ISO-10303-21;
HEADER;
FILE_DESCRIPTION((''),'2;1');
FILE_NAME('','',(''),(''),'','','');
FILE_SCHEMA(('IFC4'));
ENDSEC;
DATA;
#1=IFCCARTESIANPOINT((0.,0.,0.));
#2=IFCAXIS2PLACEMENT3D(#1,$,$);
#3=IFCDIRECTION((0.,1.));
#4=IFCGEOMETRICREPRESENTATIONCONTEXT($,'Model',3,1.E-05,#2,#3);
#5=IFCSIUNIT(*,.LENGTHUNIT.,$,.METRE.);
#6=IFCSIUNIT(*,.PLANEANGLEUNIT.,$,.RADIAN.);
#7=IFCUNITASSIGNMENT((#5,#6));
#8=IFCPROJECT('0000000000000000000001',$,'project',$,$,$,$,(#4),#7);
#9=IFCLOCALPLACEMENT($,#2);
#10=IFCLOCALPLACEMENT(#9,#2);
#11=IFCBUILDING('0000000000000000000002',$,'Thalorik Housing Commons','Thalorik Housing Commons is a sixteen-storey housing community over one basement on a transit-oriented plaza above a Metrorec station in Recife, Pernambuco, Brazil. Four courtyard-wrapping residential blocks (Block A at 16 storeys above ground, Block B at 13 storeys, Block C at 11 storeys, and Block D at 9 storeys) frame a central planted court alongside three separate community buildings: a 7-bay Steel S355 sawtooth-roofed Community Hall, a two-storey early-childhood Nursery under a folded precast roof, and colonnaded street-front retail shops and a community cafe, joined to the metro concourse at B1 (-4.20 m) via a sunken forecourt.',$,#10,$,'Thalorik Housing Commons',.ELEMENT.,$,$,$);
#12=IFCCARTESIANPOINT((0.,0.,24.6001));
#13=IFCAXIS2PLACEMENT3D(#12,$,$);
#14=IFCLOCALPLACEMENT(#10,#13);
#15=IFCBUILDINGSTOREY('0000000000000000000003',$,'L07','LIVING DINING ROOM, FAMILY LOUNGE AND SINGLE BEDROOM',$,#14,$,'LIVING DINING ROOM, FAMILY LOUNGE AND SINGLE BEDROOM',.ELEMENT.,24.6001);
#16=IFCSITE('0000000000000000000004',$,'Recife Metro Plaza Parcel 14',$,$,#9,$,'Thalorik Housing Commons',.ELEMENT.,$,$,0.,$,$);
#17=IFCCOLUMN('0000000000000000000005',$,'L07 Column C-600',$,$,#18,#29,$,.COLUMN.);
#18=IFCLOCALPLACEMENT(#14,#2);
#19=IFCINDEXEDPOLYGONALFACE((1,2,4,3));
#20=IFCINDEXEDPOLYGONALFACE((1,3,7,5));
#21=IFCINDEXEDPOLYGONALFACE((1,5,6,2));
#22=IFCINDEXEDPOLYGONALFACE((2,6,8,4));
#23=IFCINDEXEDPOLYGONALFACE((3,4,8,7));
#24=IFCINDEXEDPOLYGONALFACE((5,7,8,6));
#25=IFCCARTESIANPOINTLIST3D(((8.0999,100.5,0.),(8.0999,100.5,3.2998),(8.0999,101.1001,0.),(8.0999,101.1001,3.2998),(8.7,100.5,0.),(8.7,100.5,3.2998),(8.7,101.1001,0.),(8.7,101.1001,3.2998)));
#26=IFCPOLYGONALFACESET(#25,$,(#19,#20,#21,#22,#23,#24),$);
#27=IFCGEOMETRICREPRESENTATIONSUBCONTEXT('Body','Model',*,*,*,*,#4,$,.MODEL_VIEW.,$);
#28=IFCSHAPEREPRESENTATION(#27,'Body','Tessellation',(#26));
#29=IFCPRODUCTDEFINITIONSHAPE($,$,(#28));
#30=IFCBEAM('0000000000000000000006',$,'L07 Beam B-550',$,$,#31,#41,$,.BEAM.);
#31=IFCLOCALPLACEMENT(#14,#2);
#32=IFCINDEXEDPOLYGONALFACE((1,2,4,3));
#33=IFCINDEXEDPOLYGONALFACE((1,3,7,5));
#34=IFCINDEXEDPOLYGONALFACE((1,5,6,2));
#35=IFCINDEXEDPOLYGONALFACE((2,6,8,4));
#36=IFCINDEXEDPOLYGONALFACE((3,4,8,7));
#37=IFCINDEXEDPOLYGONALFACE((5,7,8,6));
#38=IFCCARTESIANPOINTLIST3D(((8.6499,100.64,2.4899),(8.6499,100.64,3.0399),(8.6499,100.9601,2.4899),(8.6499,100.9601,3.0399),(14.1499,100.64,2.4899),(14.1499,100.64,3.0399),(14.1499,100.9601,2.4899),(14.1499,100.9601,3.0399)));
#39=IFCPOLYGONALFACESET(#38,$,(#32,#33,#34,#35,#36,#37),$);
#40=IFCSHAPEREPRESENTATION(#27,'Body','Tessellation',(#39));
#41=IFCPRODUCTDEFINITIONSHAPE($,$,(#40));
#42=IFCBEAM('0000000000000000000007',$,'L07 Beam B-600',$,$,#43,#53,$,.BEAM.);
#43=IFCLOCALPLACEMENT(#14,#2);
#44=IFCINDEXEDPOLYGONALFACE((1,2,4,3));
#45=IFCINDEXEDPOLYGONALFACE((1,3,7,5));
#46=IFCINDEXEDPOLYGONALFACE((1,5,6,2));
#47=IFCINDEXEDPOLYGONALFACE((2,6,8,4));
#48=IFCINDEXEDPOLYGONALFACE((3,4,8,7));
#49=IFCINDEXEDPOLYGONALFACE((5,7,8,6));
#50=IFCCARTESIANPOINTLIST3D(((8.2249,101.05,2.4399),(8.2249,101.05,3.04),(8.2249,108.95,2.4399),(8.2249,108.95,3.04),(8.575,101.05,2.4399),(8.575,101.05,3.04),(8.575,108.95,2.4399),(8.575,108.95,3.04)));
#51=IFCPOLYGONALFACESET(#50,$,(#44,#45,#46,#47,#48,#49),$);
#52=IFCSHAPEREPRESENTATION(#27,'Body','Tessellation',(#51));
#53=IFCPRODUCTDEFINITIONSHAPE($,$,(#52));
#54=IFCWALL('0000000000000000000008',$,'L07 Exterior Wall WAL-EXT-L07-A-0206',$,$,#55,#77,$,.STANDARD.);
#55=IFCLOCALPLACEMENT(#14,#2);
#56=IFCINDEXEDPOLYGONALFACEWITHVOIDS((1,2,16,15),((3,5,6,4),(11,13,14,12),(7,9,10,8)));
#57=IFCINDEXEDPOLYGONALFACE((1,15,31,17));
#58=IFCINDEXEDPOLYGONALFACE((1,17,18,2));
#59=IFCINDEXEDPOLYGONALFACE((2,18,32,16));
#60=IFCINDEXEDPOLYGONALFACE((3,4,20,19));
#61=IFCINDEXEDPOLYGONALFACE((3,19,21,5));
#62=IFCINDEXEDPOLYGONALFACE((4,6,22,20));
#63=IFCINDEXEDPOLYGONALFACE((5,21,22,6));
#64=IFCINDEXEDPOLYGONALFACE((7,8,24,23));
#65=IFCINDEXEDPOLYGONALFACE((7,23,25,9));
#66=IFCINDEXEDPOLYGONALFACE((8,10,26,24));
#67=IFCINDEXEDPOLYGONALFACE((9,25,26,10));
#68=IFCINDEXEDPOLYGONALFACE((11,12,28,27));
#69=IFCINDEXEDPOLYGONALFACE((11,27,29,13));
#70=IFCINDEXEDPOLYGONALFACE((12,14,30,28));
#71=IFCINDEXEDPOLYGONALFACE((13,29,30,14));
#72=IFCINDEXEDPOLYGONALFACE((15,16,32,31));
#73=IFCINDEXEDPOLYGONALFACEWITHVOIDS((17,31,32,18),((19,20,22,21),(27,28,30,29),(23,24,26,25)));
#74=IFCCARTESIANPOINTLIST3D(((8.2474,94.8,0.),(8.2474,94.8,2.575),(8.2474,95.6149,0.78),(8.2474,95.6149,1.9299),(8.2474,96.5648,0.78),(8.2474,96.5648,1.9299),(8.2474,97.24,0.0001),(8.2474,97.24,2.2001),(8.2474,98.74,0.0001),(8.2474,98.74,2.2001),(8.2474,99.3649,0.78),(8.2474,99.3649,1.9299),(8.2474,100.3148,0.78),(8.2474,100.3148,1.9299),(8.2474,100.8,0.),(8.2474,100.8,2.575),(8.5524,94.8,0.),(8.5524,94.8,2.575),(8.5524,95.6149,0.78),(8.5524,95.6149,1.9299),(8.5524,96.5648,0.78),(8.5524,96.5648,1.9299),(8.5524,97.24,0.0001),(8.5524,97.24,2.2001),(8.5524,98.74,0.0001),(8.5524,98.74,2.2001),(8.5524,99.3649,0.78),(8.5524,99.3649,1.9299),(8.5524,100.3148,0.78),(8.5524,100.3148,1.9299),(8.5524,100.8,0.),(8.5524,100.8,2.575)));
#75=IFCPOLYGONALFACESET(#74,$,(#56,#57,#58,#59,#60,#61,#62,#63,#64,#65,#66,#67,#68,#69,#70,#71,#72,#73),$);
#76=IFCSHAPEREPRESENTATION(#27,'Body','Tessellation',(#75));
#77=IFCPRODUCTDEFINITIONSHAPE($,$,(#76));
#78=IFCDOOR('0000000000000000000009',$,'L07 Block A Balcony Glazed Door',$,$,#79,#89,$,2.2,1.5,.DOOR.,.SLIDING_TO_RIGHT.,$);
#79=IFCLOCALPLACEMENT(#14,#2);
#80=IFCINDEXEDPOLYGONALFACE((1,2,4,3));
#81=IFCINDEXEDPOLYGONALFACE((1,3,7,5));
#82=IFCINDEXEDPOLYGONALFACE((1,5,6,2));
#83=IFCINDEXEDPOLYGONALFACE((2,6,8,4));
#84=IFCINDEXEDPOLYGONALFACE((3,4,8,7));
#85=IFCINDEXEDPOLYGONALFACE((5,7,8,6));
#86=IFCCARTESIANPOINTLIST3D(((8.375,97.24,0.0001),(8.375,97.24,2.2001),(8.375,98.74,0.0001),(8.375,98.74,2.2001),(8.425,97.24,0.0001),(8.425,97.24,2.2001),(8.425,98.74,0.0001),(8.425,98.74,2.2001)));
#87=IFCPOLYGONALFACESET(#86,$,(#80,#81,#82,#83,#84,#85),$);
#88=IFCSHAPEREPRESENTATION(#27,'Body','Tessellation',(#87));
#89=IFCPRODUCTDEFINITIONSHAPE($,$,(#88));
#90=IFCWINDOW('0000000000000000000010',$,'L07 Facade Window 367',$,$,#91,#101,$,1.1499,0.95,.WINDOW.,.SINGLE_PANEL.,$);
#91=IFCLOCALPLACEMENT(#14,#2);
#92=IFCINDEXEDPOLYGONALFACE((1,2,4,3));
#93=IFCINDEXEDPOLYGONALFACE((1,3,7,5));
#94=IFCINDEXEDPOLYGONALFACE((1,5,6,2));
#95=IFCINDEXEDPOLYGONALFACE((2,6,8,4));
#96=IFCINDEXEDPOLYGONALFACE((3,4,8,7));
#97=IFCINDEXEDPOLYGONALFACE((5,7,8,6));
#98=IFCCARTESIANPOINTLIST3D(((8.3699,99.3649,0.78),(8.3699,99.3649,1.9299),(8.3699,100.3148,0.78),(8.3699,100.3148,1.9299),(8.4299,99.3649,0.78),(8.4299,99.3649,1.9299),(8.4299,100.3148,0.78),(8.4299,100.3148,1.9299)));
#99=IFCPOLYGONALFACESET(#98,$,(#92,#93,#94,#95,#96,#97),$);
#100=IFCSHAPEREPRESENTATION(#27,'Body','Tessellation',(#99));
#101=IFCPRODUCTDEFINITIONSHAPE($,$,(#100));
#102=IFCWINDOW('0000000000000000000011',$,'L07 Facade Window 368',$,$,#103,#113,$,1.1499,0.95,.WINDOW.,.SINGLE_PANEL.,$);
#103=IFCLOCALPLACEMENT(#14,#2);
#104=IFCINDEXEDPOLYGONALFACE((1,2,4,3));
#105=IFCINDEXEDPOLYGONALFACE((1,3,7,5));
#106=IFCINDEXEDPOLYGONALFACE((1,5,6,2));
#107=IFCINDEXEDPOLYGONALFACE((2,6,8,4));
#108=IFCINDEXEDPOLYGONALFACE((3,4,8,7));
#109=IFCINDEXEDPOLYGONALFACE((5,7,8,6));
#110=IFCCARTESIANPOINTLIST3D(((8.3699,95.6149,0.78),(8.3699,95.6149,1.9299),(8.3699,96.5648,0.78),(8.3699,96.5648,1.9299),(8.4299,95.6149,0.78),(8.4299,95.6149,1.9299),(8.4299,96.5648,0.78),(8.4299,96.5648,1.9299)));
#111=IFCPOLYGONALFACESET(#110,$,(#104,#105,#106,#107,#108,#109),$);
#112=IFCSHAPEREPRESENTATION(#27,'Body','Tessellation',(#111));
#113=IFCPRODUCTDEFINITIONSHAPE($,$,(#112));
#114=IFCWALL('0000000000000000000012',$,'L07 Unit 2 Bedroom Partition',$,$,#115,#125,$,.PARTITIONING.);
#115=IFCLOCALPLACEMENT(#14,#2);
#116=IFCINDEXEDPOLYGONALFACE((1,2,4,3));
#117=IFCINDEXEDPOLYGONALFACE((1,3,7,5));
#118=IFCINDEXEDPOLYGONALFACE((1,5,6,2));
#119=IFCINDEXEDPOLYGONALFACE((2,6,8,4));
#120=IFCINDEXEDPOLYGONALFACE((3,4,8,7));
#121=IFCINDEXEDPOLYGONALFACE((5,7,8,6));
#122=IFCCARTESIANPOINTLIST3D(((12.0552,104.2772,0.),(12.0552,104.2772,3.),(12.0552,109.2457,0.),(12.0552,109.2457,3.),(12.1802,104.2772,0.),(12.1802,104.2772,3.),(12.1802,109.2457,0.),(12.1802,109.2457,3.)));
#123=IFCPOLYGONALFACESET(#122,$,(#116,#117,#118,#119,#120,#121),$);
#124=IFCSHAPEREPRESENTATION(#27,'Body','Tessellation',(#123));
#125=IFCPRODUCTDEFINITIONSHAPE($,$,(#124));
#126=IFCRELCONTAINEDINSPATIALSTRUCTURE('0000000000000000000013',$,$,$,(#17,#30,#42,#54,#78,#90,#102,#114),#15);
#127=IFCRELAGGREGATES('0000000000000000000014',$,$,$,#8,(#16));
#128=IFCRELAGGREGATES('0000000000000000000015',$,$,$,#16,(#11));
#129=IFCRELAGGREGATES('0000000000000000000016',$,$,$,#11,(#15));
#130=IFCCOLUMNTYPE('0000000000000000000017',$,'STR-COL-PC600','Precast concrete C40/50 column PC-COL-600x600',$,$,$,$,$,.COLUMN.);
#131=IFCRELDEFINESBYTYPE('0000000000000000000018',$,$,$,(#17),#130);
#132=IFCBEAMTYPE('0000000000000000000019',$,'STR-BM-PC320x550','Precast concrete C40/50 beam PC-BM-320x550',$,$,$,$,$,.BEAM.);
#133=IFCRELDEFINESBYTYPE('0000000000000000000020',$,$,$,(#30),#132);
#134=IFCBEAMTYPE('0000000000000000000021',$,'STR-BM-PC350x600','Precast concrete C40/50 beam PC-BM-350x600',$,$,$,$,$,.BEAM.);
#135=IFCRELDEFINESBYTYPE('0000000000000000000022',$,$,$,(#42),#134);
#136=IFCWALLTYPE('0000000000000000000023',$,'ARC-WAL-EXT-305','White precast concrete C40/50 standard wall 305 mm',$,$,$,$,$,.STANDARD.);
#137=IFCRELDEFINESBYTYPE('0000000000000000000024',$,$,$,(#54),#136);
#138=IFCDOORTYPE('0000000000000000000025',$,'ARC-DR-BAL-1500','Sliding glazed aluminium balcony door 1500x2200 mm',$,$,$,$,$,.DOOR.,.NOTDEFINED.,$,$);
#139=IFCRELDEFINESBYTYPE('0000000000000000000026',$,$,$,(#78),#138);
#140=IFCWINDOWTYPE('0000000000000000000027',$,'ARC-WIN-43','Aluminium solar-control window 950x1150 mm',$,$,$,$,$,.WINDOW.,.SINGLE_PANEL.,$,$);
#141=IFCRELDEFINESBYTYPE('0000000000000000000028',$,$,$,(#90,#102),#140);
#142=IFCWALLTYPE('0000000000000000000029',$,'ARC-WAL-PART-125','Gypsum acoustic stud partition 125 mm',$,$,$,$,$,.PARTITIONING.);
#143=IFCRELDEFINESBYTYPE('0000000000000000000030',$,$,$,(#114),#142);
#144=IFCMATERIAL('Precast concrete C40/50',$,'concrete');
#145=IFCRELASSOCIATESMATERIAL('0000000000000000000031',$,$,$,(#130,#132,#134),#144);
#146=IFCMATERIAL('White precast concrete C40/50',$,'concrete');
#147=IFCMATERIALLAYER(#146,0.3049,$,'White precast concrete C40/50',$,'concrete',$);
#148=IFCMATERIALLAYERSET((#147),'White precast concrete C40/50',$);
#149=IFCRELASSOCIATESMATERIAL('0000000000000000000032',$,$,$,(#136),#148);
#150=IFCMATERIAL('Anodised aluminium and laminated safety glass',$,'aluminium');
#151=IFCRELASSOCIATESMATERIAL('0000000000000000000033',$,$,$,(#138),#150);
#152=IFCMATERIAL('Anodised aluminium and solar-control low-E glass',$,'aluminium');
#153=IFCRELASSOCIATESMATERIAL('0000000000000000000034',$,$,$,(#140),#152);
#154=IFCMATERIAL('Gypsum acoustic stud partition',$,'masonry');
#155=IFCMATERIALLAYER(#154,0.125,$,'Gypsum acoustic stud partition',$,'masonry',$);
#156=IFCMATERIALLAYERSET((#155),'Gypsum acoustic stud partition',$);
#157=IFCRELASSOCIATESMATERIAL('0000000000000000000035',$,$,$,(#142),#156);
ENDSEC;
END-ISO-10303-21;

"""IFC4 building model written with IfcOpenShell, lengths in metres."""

from ifc_helpers import new_model, si_unit, direction, frame, frame_2d, origin, origin_2d, place, context, subcontext, project, spatial, rectangle, extrude, material, layer, layer_set, material_profile, profile_set, type_object, element, fill, save


model = new_model("IFC4")

# Units and contexts
model_context = context("Model", 3, precision=1e-05, world=origin(), true_north=direction((0.0, 1.0)))
body_context = subcontext(model_context, "Body", "Model", "MODEL_VIEW")
ifc_project = project(units=[si_unit("LENGTHUNIT", "METRE"), si_unit("PLANEANGLEUNIT", "RADIAN")], contexts=[model_context])

# Site, building, storey
site_placement = place(None, origin())
site = spatial("IfcSite", under=ifc_project, at=site_placement, Name="Recife Metro Plaza Parcel 14", LongName="Thalorik Housing Commons", CompositionType="ELEMENT", RefElevation=0.0)
building_placement = place(site_placement, origin())
building = spatial("IfcBuilding", under=site, at=building_placement, Name="Thalorik Housing Commons", Description="Thalorik Housing Commons is a sixteen-storey housing community over one basement on a transit-oriented plaza above a Metrorec station in Recife, Pernambuco, Brazil. Four courtyard-wrapping residential blocks (Block A at 16 storeys above ground, Block B at 13 storeys, Block C at 11 storeys, and Block D at 9 storeys) frame a central planted court alongside three separate community buildings: a 7-bay Steel S355 sawtooth-roofed Community Hall, a two-storey early-childhood Nursery under a folded precast roof, and colonnaded street-front retail shops and a community cafe, joined to the metro concourse at B1 (-4.20 m) via a sunken forecourt.", LongName="Thalorik Housing Commons", CompositionType="ELEMENT")
storey_placement = place(building_placement, frame((0.0, 0.0, 24.6001)))
storey = spatial("IfcBuildingStorey", under=building, at=storey_placement, Name="L07", Description="LIVING DINING ROOM, FAMILY LOUNGE AND SINGLE BEDROOM", LongName="LIVING DINING ROOM, FAMILY LOUNGE AND SINGLE BEDROOM", CompositionType="ELEMENT", Elevation=24.6001)

# Column
ifc_material_1 = material(Name="Precast concrete C40/50", Category="concrete")
ifc_material_profile_1 = material_profile(ifc_material_1, rectangle(XDim=0.6001, YDim=0.6001, at=origin_2d()), Name="PC 600x600", Category="concrete")
ifc_profile_set_1 = profile_set([ifc_material_profile_1], Name="Precast concrete C40/50")
column_type = type_object("IfcColumnType", Name="STR-COL-PC600", Description="Precast concrete C40/50 column PC-COL-600x600", PredefinedType="COLUMN", material=ifc_profile_set_1)
column_placement = place(storey_placement, frame((8.3999, 100.8, 0.0), z_axis=(0.0, 0.0, 1.0), x_axis=(1.0, 0.0, 0.0)))
element("IfcColumn", 1, at=column_placement, inside=storey, type_object=column_type, Name="L07 Column C-600", PredefinedType="COLUMN", context=body_context, shape_type="SweptSolid", body=[
    extrude(rectangle(XDim=0.6001, YDim=0.6001, at=origin_2d()), origin(), (0.0, 0.0, 1.0), 3.2998),
])

# Beams
ifc_material_profile_2 = material_profile(ifc_material_1, rectangle(XDim=0.3201, YDim=0.55, at=origin_2d()), Name="PC 320x550", Category="concrete")
ifc_profile_set_2 = profile_set([ifc_material_profile_2], Name="Precast concrete C40/50")
beam_type_1 = type_object("IfcBeamType", Name="STR-BM-PC320x550", Description="Precast concrete C40/50 beam PC-BM-320x550", PredefinedType="BEAM", material=ifc_profile_set_2)
beam_1_placement = place(storey_placement, frame((8.6499, 100.8, 2.7649), z_axis=(1.0, 0.0, 0.0), x_axis=(0.0, 1.0, 0.0)))
element("IfcBeam", 2, at=beam_1_placement, inside=storey, type_object=beam_type_1, Name="L07 Beam B-550", PredefinedType="BEAM", context=body_context, shape_type="SweptSolid", body=[
    extrude(rectangle(XDim=0.3201, YDim=0.55, at=origin_2d()), origin(), (0.0, 0.0, 1.0), 5.5),
])
ifc_material_profile_3 = material_profile(ifc_material_1, rectangle(XDim=0.3501, YDim=0.6001, at=origin_2d()), Name="PC 350x600", Category="concrete")
ifc_profile_set_3 = profile_set([ifc_material_profile_3], Name="Precast concrete C40/50")
beam_type_2 = type_object("IfcBeamType", Name="STR-BM-PC350x600", Description="Precast concrete C40/50 beam PC-BM-350x600", PredefinedType="BEAM", material=ifc_profile_set_3)
beam_2_placement = place(storey_placement, frame((8.3999, 101.05, 2.74), z_axis=(0.0, 1.0, 0.0), x_axis=(-1.0, 0.0, 0.0)))
element("IfcBeam", 3, at=beam_2_placement, inside=storey, type_object=beam_type_2, Name="L07 Beam B-600", PredefinedType="BEAM", context=body_context, shape_type="SweptSolid", body=[
    extrude(rectangle(XDim=0.3501, YDim=0.6001, at=origin_2d()), origin(), (0.0, 0.0, 1.0), 7.8999),
])

# Wall, openings, door, windows
ifc_material_2 = material(Name="White precast concrete C40/50", Category="concrete")
ifc_layer_1 = layer(ifc_material_2, 0.3049, Name="White precast concrete C40/50", Category="concrete")
ifc_layer_set_1 = layer_set([ifc_layer_1], Name="White precast concrete C40/50")
wall_type_1 = type_object("IfcWallType", Name="ARC-WAL-EXT-305", Description="White precast concrete C40/50 standard wall 305 mm", PredefinedType="STANDARD", material=ifc_layer_set_1)
wall_1_placement = place(storey_placement, frame((8.3999, 100.8, 0.0), z_axis=(0.0, 0.0, 1.0), x_axis=(0.0, -1.0, 0.0)))
wall_1 = element("IfcWall", 4, at=wall_1_placement, inside=storey, type_object=wall_type_1, Name="L07 Exterior Wall WAL-EXT-L07-A-0206", PredefinedType="STANDARD", context=body_context, shape_type="SweptSolid", body=[
    extrude(rectangle(XDim=6.0, YDim=0.3049, at=frame_2d((3.0, 0.0))), origin(), (0.0, 0.0, 1.0), 2.575),
])
opening_1_placement = place(wall_1_placement, frame((2.0601, 0.0, 0.0)))
opening_1 = element("IfcOpeningElement", 5, at=opening_1_placement, cuts=wall_1, PredefinedType="OPENING", context=body_context, shape_type="SweptSolid", body=[
    extrude(rectangle(XDim=1.5, YDim=2.2, at=frame_2d((0.75, 1.1001))), frame((0.0, 0.1626, 0.0), z_axis=(0.0, -1.0, 0.0), x_axis=(1.0, 0.0, 0.0)), (0.0, 0.0, 1.0), 0.325),
])
opening_2_placement = place(wall_1_placement, frame((0.4851, 0.0, 0.78)))
opening_2 = element("IfcOpeningElement", 6, at=opening_2_placement, cuts=wall_1, PredefinedType="OPENING", context=body_context, shape_type="SweptSolid", body=[
    extrude(rectangle(XDim=0.95, YDim=1.1499, at=frame_2d((0.4751, 0.575))), frame((0.0, 0.1626, 0.0), z_axis=(0.0, -1.0, 0.0), x_axis=(1.0, 0.0, 0.0)), (0.0, 0.0, 1.0), 0.325),
])
opening_3_placement = place(wall_1_placement, frame((4.2351, 0.0, 0.78)))
opening_3 = element("IfcOpeningElement", 7, at=opening_3_placement, cuts=wall_1, PredefinedType="OPENING", context=body_context, shape_type="SweptSolid", body=[
    extrude(rectangle(XDim=0.95, YDim=1.1499, at=frame_2d((0.4751, 0.575))), frame((0.0, 0.1626, 0.0), z_axis=(0.0, -1.0, 0.0), x_axis=(1.0, 0.0, 0.0)), (0.0, 0.0, 1.0), 0.325),
])
ifc_material_3 = material(Name="Anodised aluminium and laminated safety glass", Category="aluminium")
door_type_1 = type_object("IfcDoorType", Name="ARC-DR-BAL-1500", Description="Sliding glazed aluminium balcony door 1500x2200 mm", OperationType="NOTDEFINED", PredefinedType="DOOR", material=ifc_material_3)
door_1_placement = place(opening_1_placement, frame((1.5, 0.0, 0.0), z_axis=(0.0, 0.0, 1.0), x_axis=(-1.0, 0.0, 0.0)))
door_1 = element("IfcDoor", 8, at=door_1_placement, inside=storey, type_object=door_type_1, Name="L07 Block A Balcony Glazed Door", OperationType="SLIDING_TO_RIGHT", OverallHeight=2.2, OverallWidth=1.5, PredefinedType="DOOR", context=body_context, shape_type="SweptSolid", body=[
    extrude(rectangle(XDim=1.5, YDim=2.2, at=frame_2d((0.75, 1.1001))), frame((0.0, 0.0249, 0.0), z_axis=(0.0, -1.0, 0.0), x_axis=(1.0, 0.0, 0.0)), (0.0, 0.0, 1.0), 0.05),
])
fill(opening_1, door_1)
ifc_material_4 = material(Name="Anodised aluminium and solar-control low-E glass", Category="aluminium")
window_type = type_object("IfcWindowType", Name="ARC-WIN-43", Description="Aluminium solar-control window 950x1150 mm", PartitioningType="SINGLE_PANEL", PredefinedType="WINDOW", material=ifc_material_4)
window_1_placement = place(opening_2_placement, origin())
window_1 = element("IfcWindow", 9, at=window_1_placement, inside=storey, type_object=window_type, Name="L07 Facade Window 367", OverallHeight=1.1499, OverallWidth=0.95, PartitioningType="SINGLE_PANEL", PredefinedType="WINDOW", context=body_context, shape_type="SweptSolid", body=[
    extrude(rectangle(XDim=0.95, YDim=1.1499, at=frame_2d((0.4751, 0.575))), frame((0.0, 0.03, 0.0), z_axis=(0.0, -1.0, 0.0), x_axis=(1.0, 0.0, 0.0)), (0.0, 0.0, 1.0), 0.0601),
])
fill(opening_2, window_1)
window_2_placement = place(opening_3_placement, origin())
window_2 = element("IfcWindow", 10, at=window_2_placement, inside=storey, type_object=window_type, Name="L07 Facade Window 368", OverallHeight=1.1499, OverallWidth=0.95, PartitioningType="SINGLE_PANEL", PredefinedType="WINDOW", context=body_context, shape_type="SweptSolid", body=[
    extrude(rectangle(XDim=0.95, YDim=1.1499, at=frame_2d((0.4751, 0.575))), frame((0.0, 0.03, 0.0), z_axis=(0.0, -1.0, 0.0), x_axis=(1.0, 0.0, 0.0)), (0.0, 0.0, 1.0), 0.0601),
])
fill(opening_3, window_2)

# Wall
ifc_material_5 = material(Name="Gypsum acoustic stud partition", Category="masonry")
ifc_layer_2 = layer(ifc_material_5, 0.125, Name="Gypsum acoustic stud partition", Category="masonry")
ifc_layer_set_2 = layer_set([ifc_layer_2], Name="Gypsum acoustic stud partition")
wall_type_2 = type_object("IfcWallType", Name="ARC-WAL-PART-125", Description="Gypsum acoustic stud partition 125 mm", PredefinedType="PARTITIONING", material=ifc_layer_set_2)
wall_2_placement = place(storey_placement, frame((12.1177, 104.2771, 0.0), z_axis=(0.0, 0.0, 1.0), x_axis=(0.0, 1.0, 0.0)))
element("IfcWall", 11, at=wall_2_placement, inside=storey, type_object=wall_type_2, Name="L07 Unit 2 Bedroom Partition", PredefinedType="PARTITIONING", context=body_context, shape_type="SweptSolid", body=[
    extrude(rectangle(XDim=4.9685, YDim=0.125, at=frame_2d((2.4844, 0.0))), origin(), (0.0, 0.0, 1.0), 3.0),
])

save(model, "model.ifc")
